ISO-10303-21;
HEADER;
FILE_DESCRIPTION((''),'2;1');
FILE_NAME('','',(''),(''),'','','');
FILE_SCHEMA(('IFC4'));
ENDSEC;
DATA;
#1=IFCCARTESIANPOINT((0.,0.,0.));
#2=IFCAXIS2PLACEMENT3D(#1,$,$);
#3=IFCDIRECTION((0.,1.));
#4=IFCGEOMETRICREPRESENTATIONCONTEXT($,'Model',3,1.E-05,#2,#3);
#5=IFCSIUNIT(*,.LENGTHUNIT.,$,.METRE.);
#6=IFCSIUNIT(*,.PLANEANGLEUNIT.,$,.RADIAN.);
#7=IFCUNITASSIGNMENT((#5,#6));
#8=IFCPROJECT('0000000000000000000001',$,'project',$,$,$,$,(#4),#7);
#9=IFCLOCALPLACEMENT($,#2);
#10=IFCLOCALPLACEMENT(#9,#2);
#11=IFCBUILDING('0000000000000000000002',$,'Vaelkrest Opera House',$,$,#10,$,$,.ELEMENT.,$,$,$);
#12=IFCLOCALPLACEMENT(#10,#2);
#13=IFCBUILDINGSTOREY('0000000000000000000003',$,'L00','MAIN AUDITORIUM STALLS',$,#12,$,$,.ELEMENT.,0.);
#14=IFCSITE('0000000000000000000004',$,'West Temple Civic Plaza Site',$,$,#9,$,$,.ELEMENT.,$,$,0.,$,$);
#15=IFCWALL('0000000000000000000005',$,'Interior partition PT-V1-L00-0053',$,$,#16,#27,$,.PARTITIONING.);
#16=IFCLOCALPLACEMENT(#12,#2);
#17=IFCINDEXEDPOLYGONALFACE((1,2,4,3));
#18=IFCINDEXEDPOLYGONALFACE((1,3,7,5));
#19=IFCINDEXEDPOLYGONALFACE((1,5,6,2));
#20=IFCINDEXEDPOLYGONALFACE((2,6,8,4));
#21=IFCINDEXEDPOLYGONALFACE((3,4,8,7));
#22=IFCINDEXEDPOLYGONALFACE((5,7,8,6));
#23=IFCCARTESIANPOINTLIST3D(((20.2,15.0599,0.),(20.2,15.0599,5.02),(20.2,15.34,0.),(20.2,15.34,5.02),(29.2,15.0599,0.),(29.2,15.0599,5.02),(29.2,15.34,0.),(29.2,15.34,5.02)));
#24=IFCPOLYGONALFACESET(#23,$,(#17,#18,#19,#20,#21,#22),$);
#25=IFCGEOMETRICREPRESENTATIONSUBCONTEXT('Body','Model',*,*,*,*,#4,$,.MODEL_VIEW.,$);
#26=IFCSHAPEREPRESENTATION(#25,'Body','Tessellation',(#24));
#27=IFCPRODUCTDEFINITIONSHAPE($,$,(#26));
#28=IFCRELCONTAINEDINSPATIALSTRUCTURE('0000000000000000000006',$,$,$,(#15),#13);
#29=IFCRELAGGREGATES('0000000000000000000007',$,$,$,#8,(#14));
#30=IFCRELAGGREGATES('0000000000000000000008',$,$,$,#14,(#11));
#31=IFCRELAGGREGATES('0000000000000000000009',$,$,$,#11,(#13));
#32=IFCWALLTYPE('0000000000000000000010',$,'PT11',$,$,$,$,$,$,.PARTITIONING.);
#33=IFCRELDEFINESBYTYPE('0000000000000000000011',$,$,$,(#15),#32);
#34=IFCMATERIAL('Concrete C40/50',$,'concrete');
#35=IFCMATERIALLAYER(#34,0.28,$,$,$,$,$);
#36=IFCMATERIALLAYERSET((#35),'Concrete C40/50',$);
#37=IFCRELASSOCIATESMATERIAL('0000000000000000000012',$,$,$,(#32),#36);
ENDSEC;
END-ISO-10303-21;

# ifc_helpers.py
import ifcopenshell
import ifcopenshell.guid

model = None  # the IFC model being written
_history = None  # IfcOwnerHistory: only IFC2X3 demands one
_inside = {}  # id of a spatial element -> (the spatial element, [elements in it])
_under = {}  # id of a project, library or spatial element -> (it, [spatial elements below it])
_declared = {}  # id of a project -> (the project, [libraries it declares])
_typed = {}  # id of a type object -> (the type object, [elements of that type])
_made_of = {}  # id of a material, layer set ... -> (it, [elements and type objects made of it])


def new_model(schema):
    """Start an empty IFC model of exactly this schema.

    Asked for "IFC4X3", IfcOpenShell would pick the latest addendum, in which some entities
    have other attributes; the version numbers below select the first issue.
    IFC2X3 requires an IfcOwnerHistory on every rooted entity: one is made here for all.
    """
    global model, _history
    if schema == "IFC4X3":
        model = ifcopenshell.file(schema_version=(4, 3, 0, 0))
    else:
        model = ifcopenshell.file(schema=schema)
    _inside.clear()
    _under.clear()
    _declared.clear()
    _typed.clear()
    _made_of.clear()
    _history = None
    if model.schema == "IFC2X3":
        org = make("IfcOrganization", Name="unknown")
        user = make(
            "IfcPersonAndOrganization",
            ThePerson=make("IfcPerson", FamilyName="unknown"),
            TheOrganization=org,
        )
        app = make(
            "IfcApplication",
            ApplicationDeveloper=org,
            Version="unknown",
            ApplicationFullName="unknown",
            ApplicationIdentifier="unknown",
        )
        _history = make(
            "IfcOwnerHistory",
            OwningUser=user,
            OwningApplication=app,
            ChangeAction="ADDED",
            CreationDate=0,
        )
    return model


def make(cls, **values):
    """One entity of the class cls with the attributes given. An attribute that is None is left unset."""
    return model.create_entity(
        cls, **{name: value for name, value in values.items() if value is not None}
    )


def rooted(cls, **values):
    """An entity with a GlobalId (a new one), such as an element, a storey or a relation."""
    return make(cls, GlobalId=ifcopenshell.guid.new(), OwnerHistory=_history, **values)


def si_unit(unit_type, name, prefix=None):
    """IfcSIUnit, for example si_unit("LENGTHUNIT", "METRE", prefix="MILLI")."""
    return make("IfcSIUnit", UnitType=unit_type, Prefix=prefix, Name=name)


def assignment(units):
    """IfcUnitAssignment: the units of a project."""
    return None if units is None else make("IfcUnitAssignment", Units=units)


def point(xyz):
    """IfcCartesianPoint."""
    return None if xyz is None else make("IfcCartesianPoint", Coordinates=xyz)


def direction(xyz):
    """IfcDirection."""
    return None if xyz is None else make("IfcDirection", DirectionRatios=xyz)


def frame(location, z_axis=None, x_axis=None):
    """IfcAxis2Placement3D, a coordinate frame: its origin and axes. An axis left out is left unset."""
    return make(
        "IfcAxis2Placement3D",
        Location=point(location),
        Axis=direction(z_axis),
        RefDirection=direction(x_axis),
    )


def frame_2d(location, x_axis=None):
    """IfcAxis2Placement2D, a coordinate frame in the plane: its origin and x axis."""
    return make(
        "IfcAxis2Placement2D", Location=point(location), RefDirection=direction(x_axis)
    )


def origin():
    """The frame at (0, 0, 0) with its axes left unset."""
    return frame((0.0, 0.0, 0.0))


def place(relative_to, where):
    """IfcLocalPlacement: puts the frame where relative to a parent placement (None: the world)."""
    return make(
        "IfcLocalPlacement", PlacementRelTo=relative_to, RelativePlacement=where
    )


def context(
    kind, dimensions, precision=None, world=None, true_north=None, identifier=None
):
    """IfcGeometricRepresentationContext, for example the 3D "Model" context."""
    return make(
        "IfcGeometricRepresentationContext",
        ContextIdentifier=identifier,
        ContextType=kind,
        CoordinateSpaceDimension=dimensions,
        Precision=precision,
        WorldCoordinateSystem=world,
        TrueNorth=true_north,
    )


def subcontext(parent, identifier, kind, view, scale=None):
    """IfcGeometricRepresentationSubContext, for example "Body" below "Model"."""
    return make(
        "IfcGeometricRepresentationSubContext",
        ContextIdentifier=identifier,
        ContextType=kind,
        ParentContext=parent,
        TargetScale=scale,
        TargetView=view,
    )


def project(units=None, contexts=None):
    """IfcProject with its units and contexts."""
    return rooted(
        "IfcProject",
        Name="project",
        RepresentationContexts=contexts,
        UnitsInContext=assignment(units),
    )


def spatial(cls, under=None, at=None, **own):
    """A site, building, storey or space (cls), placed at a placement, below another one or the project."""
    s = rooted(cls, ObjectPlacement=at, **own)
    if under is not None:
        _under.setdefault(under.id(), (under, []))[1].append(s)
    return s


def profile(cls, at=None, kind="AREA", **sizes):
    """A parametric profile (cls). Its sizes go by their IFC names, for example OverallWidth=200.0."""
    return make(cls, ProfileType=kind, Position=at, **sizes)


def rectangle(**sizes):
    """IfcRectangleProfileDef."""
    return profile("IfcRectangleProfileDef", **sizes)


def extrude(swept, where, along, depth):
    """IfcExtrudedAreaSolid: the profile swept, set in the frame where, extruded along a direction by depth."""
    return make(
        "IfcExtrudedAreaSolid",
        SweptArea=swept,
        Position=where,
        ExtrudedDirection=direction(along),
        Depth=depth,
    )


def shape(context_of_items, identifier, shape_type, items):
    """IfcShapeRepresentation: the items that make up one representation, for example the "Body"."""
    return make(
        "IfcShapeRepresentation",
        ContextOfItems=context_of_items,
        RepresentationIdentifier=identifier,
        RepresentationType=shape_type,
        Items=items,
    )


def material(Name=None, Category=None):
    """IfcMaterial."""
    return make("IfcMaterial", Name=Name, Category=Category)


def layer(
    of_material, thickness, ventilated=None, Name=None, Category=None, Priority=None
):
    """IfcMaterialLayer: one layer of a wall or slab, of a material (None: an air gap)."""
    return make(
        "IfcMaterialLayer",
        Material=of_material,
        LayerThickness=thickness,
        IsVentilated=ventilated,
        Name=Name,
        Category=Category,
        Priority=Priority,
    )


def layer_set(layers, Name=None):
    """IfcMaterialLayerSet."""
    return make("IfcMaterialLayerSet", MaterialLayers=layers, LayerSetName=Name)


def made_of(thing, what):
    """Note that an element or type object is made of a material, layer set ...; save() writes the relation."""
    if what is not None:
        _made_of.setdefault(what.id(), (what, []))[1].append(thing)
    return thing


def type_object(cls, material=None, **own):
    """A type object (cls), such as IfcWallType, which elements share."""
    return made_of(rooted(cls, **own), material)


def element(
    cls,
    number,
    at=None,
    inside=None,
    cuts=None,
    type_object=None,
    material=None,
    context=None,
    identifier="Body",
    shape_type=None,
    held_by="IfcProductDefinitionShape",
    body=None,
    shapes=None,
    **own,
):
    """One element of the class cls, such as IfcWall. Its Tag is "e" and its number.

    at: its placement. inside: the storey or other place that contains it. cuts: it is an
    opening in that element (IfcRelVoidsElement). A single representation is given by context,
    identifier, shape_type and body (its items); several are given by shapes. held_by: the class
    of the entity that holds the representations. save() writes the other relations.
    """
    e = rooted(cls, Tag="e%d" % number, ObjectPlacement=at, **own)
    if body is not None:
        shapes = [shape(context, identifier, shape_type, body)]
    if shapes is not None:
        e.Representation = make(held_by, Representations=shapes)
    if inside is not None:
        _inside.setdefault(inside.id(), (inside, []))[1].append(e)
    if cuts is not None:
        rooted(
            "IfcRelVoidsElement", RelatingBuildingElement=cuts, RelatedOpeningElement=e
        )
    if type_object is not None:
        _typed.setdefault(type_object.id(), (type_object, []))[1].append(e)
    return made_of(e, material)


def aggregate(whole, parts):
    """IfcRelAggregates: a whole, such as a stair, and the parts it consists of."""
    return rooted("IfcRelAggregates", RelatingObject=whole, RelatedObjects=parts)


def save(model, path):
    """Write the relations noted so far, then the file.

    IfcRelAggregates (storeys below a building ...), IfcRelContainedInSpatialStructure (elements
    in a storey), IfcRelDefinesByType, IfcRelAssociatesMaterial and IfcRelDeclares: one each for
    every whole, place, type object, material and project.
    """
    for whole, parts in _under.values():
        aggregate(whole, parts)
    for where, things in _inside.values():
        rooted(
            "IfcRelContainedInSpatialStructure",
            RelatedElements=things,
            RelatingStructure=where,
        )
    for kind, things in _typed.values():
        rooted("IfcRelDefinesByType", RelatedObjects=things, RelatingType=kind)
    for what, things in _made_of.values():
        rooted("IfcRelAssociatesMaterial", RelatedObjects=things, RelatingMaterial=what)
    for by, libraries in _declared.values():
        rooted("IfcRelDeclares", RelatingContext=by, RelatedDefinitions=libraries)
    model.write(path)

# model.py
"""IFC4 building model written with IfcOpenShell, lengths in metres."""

from ifc_helpers import new_model, si_unit, direction, frame, frame_2d, origin, place, context, subcontext, project, spatial, rectangle, extrude, material, layer, layer_set, type_object, element, save


model = new_model("IFC4")

# Units and contexts
model_context = context("Model", 3, precision=1e-05, world=origin(), true_north=direction((0.0, 1.0)))
body_context = subcontext(model_context, "Body", "Model", "MODEL_VIEW")
ifc_project = project(units=[si_unit("LENGTHUNIT", "METRE"), si_unit("PLANEANGLEUNIT", "RADIAN")], contexts=[model_context])

# Site, building, storey
site_placement = place(None, origin())
site = spatial("IfcSite", under=ifc_project, at=site_placement, Name="West Temple Civic Plaza Site", CompositionType="ELEMENT", RefElevation=0.0)
building_placement = place(site_placement, origin())
building = spatial("IfcBuilding", under=site, at=building_placement, Name="Vaelkrest Opera House", CompositionType="ELEMENT")
storey_placement = place(building_placement, origin())
storey = spatial("IfcBuildingStorey", under=building, at=storey_placement, Name="L00", Description="MAIN AUDITORIUM STALLS", CompositionType="ELEMENT", Elevation=0.0)

# Wall
ifc_material_1 = material(Name="Concrete C40/50", Category="concrete")
ifc_layer_1 = layer(ifc_material_1, 0.28)
ifc_layer_set_1 = layer_set([ifc_layer_1], Name="Concrete C40/50")
wall_type_1 = type_object("IfcWallType", Name="PT11", PredefinedType="PARTITIONING", material=ifc_layer_set_1)
wall_1_placement = place(storey_placement, frame((20.2, 15.2, 0.0), z_axis=(0.0, 0.0, 1.0), x_axis=(1.0, 0.0, 0.0)))
element("IfcWall", 1, at=wall_1_placement, inside=storey, type_object=wall_type_1, Name="Interior partition PT-V1-L00-0053", PredefinedType="PARTITIONING", context=body_context, shape_type="SweptSolid", body=[
    extrude(rectangle(XDim=9.0, YDim=0.28, at=frame_2d((4.5, 0.0))), origin(), (0.0, 0.0, 1.0), 5.02),
])

save(model, "model.ifc")
